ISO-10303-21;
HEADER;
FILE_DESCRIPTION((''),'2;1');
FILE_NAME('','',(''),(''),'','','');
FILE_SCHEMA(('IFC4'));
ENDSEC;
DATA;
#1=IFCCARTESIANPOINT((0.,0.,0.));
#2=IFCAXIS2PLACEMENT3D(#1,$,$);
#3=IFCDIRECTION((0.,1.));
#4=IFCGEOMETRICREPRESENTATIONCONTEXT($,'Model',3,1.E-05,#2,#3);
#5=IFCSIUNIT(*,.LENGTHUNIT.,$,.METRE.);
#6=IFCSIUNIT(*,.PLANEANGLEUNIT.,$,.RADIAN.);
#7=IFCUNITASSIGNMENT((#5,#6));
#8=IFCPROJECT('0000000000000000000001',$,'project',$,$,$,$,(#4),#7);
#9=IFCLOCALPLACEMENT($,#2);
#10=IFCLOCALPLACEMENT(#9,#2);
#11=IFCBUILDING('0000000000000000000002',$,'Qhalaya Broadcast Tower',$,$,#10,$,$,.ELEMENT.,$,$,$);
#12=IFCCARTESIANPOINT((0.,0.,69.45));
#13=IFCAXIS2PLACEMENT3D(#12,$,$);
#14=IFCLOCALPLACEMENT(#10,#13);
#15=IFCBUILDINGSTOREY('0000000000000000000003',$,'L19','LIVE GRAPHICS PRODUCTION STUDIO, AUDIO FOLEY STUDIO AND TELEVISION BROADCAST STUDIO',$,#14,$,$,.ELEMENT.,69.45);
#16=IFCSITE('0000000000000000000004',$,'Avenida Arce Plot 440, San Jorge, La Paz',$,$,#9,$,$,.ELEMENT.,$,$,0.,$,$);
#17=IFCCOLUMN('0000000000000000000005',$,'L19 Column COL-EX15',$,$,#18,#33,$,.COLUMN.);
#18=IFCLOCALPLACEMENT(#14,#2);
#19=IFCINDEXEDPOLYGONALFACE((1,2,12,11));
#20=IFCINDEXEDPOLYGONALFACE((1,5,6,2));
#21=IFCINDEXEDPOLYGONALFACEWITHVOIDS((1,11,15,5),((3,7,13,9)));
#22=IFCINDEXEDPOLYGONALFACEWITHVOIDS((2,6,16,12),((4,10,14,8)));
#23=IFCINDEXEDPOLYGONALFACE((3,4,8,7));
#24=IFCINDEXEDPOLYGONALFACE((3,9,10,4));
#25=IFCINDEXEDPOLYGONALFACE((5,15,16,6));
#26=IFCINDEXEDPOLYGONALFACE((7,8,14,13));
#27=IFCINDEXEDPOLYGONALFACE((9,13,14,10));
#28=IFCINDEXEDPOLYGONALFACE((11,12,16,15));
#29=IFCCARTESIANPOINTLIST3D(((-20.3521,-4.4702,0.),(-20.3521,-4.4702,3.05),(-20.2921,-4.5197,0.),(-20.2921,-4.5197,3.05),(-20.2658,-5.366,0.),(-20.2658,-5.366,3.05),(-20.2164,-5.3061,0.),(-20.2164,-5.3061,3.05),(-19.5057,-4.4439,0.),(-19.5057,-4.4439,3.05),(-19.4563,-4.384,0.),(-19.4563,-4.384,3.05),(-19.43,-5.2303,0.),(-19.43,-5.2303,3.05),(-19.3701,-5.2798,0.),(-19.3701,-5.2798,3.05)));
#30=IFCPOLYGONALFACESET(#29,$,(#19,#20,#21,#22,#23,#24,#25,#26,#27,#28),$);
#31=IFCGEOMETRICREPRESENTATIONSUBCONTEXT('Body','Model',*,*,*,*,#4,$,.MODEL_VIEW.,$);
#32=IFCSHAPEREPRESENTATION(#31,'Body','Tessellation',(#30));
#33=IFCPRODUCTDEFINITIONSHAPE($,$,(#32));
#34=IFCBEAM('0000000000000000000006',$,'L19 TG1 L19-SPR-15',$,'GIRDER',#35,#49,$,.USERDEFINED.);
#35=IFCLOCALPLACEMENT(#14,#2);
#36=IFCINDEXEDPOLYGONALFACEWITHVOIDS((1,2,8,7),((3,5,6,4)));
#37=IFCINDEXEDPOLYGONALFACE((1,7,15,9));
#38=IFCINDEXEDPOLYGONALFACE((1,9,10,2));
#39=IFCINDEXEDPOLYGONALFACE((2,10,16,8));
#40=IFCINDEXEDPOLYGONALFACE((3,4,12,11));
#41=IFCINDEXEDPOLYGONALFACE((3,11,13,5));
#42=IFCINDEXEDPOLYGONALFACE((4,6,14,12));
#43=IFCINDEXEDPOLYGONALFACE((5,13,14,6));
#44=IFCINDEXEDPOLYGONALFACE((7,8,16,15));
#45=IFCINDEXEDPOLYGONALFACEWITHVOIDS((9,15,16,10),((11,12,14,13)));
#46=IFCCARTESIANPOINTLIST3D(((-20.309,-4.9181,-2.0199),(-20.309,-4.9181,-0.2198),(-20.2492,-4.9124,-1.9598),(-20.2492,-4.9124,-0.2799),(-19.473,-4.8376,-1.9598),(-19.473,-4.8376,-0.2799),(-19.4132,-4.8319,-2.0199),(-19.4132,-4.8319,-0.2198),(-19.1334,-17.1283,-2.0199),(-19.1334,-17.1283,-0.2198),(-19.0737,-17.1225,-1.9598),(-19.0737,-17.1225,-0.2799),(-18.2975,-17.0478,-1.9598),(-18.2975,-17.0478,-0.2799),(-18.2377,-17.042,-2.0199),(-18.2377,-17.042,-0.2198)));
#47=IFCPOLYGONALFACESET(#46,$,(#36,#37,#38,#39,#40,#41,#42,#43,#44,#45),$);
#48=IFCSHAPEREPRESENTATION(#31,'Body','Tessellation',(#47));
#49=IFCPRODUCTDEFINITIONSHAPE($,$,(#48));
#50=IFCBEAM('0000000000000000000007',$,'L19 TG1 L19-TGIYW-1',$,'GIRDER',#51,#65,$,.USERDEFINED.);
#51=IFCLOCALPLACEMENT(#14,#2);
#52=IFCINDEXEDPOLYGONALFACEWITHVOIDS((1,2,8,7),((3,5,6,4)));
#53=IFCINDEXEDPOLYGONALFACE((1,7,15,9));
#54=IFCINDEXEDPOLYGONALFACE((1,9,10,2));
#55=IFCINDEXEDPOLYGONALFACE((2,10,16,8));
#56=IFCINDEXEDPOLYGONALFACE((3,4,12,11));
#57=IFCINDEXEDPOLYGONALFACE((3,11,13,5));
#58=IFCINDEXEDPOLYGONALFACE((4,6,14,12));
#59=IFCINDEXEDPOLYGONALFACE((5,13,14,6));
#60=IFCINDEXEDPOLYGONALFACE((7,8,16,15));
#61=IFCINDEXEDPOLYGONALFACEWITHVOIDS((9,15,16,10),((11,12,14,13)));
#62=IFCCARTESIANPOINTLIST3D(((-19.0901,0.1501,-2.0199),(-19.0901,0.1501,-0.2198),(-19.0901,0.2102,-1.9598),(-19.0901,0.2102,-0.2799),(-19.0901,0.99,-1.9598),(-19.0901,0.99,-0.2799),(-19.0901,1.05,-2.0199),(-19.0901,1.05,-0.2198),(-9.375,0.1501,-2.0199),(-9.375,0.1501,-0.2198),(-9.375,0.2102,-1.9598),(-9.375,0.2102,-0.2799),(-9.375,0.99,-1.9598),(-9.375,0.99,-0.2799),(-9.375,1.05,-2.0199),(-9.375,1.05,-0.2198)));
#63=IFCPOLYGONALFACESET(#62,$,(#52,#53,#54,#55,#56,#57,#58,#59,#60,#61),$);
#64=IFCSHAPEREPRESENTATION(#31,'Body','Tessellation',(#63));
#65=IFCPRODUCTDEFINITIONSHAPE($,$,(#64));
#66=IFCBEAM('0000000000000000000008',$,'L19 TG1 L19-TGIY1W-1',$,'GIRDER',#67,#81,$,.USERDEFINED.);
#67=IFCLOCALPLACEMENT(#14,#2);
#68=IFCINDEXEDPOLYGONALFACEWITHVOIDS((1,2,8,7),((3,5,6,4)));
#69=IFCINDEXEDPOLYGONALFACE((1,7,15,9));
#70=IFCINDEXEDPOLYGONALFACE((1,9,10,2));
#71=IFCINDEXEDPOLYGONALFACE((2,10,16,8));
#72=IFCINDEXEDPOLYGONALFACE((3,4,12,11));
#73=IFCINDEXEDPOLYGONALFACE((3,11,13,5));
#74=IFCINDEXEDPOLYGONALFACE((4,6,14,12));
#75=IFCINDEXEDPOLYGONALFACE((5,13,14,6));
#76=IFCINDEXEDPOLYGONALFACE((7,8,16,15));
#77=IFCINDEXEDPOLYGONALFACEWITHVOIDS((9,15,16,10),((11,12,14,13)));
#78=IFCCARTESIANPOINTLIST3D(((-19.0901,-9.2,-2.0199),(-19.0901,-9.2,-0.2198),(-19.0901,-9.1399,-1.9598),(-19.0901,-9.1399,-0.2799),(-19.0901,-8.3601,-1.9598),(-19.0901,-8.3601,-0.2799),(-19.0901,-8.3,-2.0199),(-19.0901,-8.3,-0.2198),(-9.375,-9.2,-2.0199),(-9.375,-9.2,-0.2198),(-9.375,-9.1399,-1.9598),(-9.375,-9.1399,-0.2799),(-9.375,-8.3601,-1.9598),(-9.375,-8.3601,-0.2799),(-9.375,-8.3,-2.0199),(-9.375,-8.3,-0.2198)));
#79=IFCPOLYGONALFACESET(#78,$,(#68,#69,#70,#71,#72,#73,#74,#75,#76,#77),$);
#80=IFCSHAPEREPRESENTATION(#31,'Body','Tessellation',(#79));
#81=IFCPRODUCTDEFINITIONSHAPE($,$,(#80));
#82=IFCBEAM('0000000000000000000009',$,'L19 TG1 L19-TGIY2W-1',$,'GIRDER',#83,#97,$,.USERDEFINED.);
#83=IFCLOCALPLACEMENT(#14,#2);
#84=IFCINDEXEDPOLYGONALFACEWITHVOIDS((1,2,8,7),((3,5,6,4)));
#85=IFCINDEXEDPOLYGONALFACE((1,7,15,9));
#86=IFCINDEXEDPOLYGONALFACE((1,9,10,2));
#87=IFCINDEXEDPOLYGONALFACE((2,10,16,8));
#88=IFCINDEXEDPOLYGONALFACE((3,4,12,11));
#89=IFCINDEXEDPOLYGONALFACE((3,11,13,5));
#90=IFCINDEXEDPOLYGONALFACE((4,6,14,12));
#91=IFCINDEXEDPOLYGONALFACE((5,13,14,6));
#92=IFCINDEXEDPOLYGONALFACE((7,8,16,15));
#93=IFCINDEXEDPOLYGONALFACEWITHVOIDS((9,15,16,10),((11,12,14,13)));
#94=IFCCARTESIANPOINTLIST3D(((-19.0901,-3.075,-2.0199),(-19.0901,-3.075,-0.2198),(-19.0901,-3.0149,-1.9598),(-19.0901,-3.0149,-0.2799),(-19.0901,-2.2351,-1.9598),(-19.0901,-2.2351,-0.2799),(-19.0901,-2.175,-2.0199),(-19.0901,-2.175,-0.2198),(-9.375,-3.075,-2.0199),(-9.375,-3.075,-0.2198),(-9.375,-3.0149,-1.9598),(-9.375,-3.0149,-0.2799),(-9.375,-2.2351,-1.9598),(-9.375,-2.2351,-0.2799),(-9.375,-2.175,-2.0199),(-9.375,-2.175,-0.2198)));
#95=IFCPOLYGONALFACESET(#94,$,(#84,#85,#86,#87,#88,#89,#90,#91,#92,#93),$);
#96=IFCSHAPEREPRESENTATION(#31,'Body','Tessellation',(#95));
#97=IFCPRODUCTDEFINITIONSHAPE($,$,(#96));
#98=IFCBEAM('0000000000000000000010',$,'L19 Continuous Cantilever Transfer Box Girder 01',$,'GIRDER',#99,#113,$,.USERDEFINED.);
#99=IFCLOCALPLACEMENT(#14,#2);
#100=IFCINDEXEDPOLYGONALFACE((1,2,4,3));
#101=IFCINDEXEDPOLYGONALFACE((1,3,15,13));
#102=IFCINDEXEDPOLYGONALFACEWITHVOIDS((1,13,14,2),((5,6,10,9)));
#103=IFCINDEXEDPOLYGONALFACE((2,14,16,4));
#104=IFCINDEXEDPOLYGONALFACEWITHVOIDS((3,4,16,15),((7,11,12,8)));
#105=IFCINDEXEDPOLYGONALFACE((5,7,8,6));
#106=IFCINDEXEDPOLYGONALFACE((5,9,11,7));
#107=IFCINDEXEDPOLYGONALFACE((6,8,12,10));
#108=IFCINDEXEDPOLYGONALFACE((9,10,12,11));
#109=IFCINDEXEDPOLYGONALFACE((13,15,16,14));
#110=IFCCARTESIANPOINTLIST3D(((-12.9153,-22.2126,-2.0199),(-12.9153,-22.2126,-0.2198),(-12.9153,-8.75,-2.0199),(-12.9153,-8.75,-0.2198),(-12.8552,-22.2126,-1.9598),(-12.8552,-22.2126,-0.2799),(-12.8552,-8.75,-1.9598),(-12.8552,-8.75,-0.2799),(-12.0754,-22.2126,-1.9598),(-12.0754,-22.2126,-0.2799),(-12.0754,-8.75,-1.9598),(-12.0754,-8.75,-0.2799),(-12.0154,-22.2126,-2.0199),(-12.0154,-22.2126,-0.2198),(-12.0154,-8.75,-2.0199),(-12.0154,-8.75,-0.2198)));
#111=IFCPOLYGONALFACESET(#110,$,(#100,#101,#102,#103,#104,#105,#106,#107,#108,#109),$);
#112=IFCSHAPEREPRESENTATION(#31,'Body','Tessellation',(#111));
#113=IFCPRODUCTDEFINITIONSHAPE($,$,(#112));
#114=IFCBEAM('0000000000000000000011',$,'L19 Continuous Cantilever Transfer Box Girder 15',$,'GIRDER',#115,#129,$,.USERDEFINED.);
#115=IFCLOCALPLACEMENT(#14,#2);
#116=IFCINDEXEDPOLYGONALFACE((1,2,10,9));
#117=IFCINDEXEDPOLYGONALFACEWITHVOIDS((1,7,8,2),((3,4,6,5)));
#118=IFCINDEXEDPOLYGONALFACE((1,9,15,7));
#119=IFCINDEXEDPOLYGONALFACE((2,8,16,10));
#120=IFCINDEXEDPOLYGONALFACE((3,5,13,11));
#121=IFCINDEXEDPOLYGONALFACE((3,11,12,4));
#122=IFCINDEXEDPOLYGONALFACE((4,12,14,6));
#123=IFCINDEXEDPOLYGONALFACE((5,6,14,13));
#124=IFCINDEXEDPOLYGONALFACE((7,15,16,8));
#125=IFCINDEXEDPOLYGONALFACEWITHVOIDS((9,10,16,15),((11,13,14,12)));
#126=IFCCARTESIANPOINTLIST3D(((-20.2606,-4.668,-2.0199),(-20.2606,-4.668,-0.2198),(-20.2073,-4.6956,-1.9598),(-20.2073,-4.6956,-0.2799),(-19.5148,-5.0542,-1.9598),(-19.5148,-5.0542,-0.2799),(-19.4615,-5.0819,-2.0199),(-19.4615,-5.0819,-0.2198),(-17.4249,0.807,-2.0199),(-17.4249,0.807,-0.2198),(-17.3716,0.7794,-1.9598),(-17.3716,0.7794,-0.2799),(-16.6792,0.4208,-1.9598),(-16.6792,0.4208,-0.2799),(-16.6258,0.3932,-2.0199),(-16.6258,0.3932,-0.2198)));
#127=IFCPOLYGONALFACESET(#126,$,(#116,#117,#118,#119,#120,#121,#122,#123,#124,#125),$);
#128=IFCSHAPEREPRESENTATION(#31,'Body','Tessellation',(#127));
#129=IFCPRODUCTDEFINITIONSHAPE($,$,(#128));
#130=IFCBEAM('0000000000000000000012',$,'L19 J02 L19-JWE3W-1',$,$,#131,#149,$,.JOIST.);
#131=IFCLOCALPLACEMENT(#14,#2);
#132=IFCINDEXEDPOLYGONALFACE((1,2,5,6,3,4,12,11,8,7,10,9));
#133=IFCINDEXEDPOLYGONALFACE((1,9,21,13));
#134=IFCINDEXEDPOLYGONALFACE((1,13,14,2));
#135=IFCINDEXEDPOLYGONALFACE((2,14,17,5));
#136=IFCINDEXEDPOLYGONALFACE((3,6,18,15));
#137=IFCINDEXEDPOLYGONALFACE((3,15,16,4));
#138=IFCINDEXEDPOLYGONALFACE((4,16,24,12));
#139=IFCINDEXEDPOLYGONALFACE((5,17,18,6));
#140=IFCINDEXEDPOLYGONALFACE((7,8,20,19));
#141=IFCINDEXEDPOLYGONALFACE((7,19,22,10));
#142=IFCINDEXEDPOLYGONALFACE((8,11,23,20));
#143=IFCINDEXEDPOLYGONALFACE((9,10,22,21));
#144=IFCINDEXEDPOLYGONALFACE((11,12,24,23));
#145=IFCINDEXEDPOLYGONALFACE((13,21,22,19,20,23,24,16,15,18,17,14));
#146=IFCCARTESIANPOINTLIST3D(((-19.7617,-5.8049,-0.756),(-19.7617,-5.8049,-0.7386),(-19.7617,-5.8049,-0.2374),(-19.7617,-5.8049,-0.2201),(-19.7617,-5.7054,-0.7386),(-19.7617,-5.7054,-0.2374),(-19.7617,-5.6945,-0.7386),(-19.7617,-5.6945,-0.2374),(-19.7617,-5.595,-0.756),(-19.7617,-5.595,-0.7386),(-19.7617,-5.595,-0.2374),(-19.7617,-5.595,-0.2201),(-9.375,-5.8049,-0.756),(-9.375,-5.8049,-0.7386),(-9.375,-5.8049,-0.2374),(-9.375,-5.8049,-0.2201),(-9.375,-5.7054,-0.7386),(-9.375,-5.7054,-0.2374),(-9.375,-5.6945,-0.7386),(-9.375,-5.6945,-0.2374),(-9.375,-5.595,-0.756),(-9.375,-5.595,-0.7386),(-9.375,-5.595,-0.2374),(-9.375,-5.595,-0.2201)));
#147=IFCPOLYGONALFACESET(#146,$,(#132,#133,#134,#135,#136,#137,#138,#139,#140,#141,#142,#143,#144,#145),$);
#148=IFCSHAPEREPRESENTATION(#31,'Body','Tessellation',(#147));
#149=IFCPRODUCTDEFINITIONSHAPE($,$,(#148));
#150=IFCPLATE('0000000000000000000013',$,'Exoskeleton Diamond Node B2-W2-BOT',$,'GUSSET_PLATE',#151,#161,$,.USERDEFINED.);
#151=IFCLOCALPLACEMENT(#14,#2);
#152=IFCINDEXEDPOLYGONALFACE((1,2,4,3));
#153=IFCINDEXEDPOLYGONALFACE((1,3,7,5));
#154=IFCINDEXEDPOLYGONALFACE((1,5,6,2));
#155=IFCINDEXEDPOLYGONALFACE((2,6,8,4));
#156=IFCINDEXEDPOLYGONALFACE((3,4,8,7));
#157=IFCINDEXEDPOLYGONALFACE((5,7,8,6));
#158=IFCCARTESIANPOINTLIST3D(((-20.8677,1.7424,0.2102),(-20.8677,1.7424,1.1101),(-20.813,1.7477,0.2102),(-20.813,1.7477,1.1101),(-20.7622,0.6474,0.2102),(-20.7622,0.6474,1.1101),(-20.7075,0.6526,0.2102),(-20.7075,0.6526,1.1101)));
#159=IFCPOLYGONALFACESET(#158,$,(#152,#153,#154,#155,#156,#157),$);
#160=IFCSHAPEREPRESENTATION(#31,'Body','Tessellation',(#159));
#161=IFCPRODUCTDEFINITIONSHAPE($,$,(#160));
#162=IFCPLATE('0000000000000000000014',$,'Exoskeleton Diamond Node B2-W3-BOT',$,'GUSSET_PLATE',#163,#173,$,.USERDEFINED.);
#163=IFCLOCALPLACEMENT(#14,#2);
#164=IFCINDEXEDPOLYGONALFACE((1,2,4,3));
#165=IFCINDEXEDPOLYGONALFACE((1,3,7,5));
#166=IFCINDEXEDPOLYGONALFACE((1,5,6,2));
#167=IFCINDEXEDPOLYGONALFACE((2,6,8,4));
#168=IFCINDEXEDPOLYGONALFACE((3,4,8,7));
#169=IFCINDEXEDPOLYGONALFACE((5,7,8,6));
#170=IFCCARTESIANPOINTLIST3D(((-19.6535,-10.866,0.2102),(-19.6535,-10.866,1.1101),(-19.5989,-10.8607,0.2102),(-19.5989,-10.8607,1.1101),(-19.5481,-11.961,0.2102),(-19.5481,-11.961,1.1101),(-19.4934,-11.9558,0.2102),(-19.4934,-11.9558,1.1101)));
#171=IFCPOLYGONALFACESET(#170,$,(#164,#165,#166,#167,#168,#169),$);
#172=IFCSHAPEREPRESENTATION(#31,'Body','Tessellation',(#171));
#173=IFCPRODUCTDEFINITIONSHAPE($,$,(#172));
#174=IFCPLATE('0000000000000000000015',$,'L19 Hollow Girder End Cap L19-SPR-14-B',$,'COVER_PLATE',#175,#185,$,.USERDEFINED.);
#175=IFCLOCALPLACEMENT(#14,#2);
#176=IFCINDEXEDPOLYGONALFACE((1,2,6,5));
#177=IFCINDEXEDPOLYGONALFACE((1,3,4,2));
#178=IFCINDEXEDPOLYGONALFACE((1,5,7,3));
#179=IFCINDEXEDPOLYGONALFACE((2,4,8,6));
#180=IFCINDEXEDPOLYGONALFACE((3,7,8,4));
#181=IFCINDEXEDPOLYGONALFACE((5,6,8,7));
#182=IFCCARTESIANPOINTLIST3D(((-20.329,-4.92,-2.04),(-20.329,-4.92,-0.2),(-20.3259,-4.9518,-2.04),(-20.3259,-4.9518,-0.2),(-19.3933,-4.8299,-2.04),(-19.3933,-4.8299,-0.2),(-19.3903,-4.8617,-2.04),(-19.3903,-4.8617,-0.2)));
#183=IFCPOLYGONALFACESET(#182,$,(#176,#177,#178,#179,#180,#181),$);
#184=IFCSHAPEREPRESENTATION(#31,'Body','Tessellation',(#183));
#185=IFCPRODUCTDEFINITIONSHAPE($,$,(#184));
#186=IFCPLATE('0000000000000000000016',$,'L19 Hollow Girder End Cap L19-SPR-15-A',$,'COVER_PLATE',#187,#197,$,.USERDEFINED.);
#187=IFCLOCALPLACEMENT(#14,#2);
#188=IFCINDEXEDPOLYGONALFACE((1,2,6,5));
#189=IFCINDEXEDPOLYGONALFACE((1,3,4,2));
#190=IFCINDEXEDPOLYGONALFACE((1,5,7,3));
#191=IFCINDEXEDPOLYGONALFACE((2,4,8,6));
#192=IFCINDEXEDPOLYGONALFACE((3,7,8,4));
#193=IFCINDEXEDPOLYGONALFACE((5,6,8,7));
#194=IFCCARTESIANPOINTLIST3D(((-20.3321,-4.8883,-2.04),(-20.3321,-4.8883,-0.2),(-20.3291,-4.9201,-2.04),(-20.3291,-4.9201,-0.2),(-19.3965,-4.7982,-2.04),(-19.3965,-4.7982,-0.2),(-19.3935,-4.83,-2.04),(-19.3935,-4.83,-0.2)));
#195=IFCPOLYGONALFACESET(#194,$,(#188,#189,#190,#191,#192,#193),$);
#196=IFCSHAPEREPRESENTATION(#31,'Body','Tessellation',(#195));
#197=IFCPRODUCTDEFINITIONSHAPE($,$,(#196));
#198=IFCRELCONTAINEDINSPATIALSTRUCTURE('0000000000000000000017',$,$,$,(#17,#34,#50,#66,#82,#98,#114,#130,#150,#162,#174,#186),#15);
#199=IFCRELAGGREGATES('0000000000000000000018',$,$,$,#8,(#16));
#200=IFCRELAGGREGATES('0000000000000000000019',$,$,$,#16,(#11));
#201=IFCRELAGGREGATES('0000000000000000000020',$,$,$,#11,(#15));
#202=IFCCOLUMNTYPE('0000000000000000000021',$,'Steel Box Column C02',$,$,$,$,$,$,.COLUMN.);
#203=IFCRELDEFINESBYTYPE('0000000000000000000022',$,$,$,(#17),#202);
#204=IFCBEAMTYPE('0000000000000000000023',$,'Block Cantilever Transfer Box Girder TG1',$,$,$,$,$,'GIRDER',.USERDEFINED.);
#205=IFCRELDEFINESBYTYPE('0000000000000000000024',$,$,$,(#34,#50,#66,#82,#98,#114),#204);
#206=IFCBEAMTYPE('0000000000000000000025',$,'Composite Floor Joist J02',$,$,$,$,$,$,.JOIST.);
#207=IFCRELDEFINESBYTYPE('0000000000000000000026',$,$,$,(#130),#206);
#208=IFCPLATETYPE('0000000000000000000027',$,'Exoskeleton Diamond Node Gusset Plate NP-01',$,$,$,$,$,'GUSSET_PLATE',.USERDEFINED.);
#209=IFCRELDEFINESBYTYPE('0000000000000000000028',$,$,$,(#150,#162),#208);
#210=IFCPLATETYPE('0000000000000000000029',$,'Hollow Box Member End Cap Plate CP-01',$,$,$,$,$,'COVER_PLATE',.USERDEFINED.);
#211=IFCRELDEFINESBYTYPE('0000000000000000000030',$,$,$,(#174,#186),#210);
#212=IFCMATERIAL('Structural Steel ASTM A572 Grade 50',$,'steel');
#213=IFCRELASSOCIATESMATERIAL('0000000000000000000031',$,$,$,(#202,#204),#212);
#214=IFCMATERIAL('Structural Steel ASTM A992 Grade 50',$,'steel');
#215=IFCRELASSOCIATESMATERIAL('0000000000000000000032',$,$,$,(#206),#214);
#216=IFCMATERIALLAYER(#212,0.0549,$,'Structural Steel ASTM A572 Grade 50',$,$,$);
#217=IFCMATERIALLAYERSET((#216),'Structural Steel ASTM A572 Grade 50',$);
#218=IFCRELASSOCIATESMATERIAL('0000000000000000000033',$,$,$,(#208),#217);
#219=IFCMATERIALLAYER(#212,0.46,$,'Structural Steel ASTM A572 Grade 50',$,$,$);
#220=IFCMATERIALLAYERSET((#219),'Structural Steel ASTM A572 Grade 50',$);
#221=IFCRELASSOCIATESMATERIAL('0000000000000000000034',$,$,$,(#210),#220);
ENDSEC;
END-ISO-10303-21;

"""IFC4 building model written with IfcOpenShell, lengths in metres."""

from ifc_helpers import new_model, si_unit, direction, frame, origin, origin_2d, place, context, subcontext, project, spatial, rectangle, hollow_rectangle, i_section, extrude, material, layer, layer_set, material_profile, profile_set, type_object, element, save


model = new_model("IFC4")

# Units and contexts
model_context = context("Model", 3, precision=1e-05, world=origin(), true_north=direction((0.0, 1.0)))
body_context = subcontext(model_context, "Body", "Model", "MODEL_VIEW")
ifc_project = project(units=[si_unit("LENGTHUNIT", "METRE"), si_unit("PLANEANGLEUNIT", "RADIAN")], contexts=[model_context])

# Site, building, storey
site_placement = place(None, origin())
site = spatial("IfcSite", under=ifc_project, at=site_placement, Name="Avenida Arce Plot 440, San Jorge, La Paz", CompositionType="ELEMENT", RefElevation=0.0)
building_placement = place(site_placement, origin())
building = spatial("IfcBuilding", under=site, at=building_placement, Name="Qhalaya Broadcast Tower", CompositionType="ELEMENT")
storey_placement = place(building_placement, frame((0.0, 0.0, 69.45)))
storey = spatial("IfcBuildingStorey", under=building, at=storey_placement, Name="L19", Description="LIVE GRAPHICS PRODUCTION STUDIO, AUDIO FOLEY STUDIO AND TELEVISION BROADCAST STUDIO", CompositionType="ELEMENT", Elevation=69.45)

# Column
ifc_material_1 = material(Name="Structural Steel ASTM A572 Grade 50", Category="steel")
ifc_material_profile_1 = material_profile(ifc_material_1, hollow_rectangle(XDim=0.8999, YDim=0.8999, WallThickness=0.0549, at=origin_2d()), Name="BOX 900x900x55")
ifc_profile_set_1 = profile_set([ifc_material_profile_1], Name="Structural Steel ASTM A572 Grade 50")
column_type = type_object("IfcColumnType", Name="Steel Box Column C02", PredefinedType="COLUMN", material=ifc_profile_set_1)
column_placement = place(storey_placement, frame((-19.8611, -4.875, 0.0), z_axis=(0.0, 0.0, 1.0), x_axis=(-0.095846, 0.995396, 0.0)))
element("IfcColumn", 1, at=column_placement, inside=storey, type_object=column_type, Name="L19 Column COL-EX15", PredefinedType="COLUMN", context=body_context, shape_type="SweptSolid", body=[
    extrude(hollow_rectangle(XDim=0.8999, YDim=0.8999, WallThickness=0.0549, at=origin_2d()), origin(), (0.0, 0.0, 1.0), 3.05),
])

# Beams
ifc_material_profile_2 = material_profile(ifc_material_1, hollow_rectangle(XDim=0.8999, YDim=1.8, WallThickness=0.0601, at=origin_2d()), Name="BOX 900x1800x60")
ifc_profile_set_2 = profile_set([ifc_material_profile_2], Name="Structural Steel ASTM A572 Grade 50")
beam_type_1 = type_object("IfcBeamType", Name="Block Cantilever Transfer Box Girder TG1", ElementType="GIRDER", PredefinedType="USERDEFINED", material=ifc_profile_set_2)
beam_1_placement = place(storey_placement, frame((-19.8611, -4.875, -1.1199), z_axis=(0.095832, -0.995398, 0.0), x_axis=(0.995398, 0.095832, 0.0)))
element("IfcBeam", 2, at=beam_1_placement, inside=storey, type_object=beam_type_1, Name="L19 TG1 L19-SPR-15", ObjectType="GIRDER", PredefinedType="USERDEFINED", context=body_context, shape_type="SweptSolid", body=[
    extrude(hollow_rectangle(XDim=0.8999, YDim=1.8, WallThickness=0.0601, at=origin_2d()), origin(), (0.0, 0.0, 1.0), 12.2666),
])
for number, where, z_axis, x_axis, name in (
    (3, (-19.0901, 0.6001, -1.1199), (1.0, 0.0, 0.0), (0.0, 1.0, 0.0), "L19 TG1 L19-TGIYW-1"),
    (4, (-19.0901, -8.75, -1.1199), (1.0, 0.0, 0.0), (0.0, 1.0, 0.0), "L19 TG1 L19-TGIY1W-1"),
    (5, (-19.0901, -2.625, -1.1199), (1.0, 0.0, 0.0), (0.0, 1.0, 0.0), "L19 TG1 L19-TGIY2W-1"),
):
    element("IfcBeam", number, at=place(storey_placement, frame(where, z_axis=z_axis, x_axis=x_axis)), inside=storey, type_object=beam_type_1, Name=name, ObjectType="GIRDER", PredefinedType="USERDEFINED", context=body_context, shape_type="SweptSolid", body=[
        extrude(hollow_rectangle(XDim=0.8999, YDim=1.8, WallThickness=0.0601, at=origin_2d()), origin(), (0.0, 0.0, 1.0), 9.7151),
    ])
beam_2_placement = place(storey_placement, frame((-12.4653, -8.75, -1.1199), z_axis=(0.0, -1.0, 0.0), x_axis=(1.0, 0.0, 0.0)))
element("IfcBeam", 6, at=beam_2_placement, inside=storey, type_object=beam_type_1, Name="L19 Continuous Cantilever Transfer Box Girder 01", ObjectType="GIRDER", PredefinedType="USERDEFINED", context=body_context, shape_type="SweptSolid", body=[
    extrude(hollow_rectangle(XDim=0.8999, YDim=1.8, WallThickness=0.0601, at=origin_2d()), origin(), (0.0, 0.0, 1.0), 13.4626),
])
beam_3_placement = place(storey_placement, frame((-17.0254, 0.6001, -1.1199), z_axis=(-0.459902, -0.88797, 0.0), x_axis=(0.88797, -0.459902, 0.0)))
element("IfcBeam", 7, at=beam_3_placement, inside=storey, type_object=beam_type_1, Name="L19 Continuous Cantilever Transfer Box Girder 15", ObjectType="GIRDER", PredefinedType="USERDEFINED", context=body_context, shape_type="SweptSolid", body=[
    extrude(hollow_rectangle(XDim=0.8999, YDim=1.8, WallThickness=0.0601, at=origin_2d()), origin(), (0.0, 0.0, 1.0), 6.1658),
])
ifc_material_2 = material(Name="Structural Steel ASTM A992 Grade 50", Category="steel")
ifc_material_profile_3 = material_profile(ifc_material_2, i_section(OverallWidth=0.21, OverallDepth=0.5359, WebThickness=0.011, FlangeThickness=0.0173, at=origin_2d()), Name="W21X68")
ifc_profile_set_3 = profile_set([ifc_material_profile_3], Name="Structural Steel ASTM A992 Grade 50")
beam_type_2 = type_object("IfcBeamType", Name="Composite Floor Joist J02", PredefinedType="JOIST", material=ifc_profile_set_3)
beam_4_placement = place(storey_placement, frame((-19.7617, -5.7, -0.488), z_axis=(1.0, 0.0, 0.0), x_axis=(0.0, 1.0, 0.0)))
element("IfcBeam", 8, at=beam_4_placement, inside=storey, type_object=beam_type_2, Name="L19 J02 L19-JWE3W-1", PredefinedType="JOIST", context=body_context, shape_type="SweptSolid", body=[
    extrude(i_section(OverallWidth=0.21, OverallDepth=0.5359, WebThickness=0.011, FlangeThickness=0.0173, at=origin_2d()), origin(), (0.0, 0.0, 1.0), 10.3867),
])

# Plates
ifc_layer_1 = layer(ifc_material_1, 0.0549, Name="Structural Steel ASTM A572 Grade 50")
ifc_layer_set_1 = layer_set([ifc_layer_1], Name="Structural Steel ASTM A572 Grade 50")
plate_type_1 = type_object("IfcPlateType", Name="Exoskeleton Diamond Node Gusset Plate NP-01", ElementType="GUSSET_PLATE", PredefinedType="USERDEFINED", material=ifc_layer_set_1)
for number, where, z_axis, x_axis, name in (
    (9, (-20.7876, 1.1975, 0.2102), (0.0, 0.0, 1.0), (-0.095846, 0.995396, 0.0), "Exoskeleton Diamond Node B2-W2-BOT"),
    (10, (-19.5735, -11.4109, 0.2102), (0.0, 0.0, 1.0), (-0.095846, 0.995396, 0.0), "Exoskeleton Diamond Node B2-W3-BOT"),
):
    element("IfcPlate", number, at=place(storey_placement, frame(where, z_axis=z_axis, x_axis=x_axis)), inside=storey, type_object=plate_type_1, Name=name, ObjectType="GUSSET_PLATE", PredefinedType="USERDEFINED", context=body_context, shape_type="SweptSolid", body=[
        extrude(rectangle(XDim=1.1001, YDim=0.0549, at=origin_2d()), origin(), (0.0, 0.0, 1.0), 0.8999),
    ])
ifc_layer_2 = layer(ifc_material_1, 0.46, Name="Structural Steel ASTM A572 Grade 50")
ifc_layer_set_2 = layer_set([ifc_layer_2], Name="Structural Steel ASTM A572 Grade 50")
plate_type_2 = type_object("IfcPlateType", Name="Hollow Box Member End Cap Plate CP-01", ElementType="COVER_PLATE", PredefinedType="USERDEFINED", material=ifc_layer_set_2)
for number, where, z_axis, x_axis, name in (
    (11, (-19.8596, -4.8909, -2.04), (0.0, 0.0, 1.0), (0.995396, 0.095846, 0.0), "L19 Hollow Girder End Cap L19-SPR-14-B"),
    (12, (-19.8628, -4.8591, -2.04), (0.0, 0.0, 1.0), (0.995396, 0.095846, 0.0), "L19 Hollow Girder End Cap L19-SPR-15-A"),
):
    element("IfcPlate", number, at=place(storey_placement, frame(where, z_axis=z_axis, x_axis=x_axis)), inside=storey, type_object=plate_type_2, Name=name, ObjectType="COVER_PLATE", PredefinedType="USERDEFINED", context=body_context, shape_type="SweptSolid", body=[
        extrude(rectangle(XDim=0.9399, YDim=0.032, at=origin_2d()), origin(), (0.0, 0.0, 1.0), 1.8401),
    ])

save(model, "model.ifc")
